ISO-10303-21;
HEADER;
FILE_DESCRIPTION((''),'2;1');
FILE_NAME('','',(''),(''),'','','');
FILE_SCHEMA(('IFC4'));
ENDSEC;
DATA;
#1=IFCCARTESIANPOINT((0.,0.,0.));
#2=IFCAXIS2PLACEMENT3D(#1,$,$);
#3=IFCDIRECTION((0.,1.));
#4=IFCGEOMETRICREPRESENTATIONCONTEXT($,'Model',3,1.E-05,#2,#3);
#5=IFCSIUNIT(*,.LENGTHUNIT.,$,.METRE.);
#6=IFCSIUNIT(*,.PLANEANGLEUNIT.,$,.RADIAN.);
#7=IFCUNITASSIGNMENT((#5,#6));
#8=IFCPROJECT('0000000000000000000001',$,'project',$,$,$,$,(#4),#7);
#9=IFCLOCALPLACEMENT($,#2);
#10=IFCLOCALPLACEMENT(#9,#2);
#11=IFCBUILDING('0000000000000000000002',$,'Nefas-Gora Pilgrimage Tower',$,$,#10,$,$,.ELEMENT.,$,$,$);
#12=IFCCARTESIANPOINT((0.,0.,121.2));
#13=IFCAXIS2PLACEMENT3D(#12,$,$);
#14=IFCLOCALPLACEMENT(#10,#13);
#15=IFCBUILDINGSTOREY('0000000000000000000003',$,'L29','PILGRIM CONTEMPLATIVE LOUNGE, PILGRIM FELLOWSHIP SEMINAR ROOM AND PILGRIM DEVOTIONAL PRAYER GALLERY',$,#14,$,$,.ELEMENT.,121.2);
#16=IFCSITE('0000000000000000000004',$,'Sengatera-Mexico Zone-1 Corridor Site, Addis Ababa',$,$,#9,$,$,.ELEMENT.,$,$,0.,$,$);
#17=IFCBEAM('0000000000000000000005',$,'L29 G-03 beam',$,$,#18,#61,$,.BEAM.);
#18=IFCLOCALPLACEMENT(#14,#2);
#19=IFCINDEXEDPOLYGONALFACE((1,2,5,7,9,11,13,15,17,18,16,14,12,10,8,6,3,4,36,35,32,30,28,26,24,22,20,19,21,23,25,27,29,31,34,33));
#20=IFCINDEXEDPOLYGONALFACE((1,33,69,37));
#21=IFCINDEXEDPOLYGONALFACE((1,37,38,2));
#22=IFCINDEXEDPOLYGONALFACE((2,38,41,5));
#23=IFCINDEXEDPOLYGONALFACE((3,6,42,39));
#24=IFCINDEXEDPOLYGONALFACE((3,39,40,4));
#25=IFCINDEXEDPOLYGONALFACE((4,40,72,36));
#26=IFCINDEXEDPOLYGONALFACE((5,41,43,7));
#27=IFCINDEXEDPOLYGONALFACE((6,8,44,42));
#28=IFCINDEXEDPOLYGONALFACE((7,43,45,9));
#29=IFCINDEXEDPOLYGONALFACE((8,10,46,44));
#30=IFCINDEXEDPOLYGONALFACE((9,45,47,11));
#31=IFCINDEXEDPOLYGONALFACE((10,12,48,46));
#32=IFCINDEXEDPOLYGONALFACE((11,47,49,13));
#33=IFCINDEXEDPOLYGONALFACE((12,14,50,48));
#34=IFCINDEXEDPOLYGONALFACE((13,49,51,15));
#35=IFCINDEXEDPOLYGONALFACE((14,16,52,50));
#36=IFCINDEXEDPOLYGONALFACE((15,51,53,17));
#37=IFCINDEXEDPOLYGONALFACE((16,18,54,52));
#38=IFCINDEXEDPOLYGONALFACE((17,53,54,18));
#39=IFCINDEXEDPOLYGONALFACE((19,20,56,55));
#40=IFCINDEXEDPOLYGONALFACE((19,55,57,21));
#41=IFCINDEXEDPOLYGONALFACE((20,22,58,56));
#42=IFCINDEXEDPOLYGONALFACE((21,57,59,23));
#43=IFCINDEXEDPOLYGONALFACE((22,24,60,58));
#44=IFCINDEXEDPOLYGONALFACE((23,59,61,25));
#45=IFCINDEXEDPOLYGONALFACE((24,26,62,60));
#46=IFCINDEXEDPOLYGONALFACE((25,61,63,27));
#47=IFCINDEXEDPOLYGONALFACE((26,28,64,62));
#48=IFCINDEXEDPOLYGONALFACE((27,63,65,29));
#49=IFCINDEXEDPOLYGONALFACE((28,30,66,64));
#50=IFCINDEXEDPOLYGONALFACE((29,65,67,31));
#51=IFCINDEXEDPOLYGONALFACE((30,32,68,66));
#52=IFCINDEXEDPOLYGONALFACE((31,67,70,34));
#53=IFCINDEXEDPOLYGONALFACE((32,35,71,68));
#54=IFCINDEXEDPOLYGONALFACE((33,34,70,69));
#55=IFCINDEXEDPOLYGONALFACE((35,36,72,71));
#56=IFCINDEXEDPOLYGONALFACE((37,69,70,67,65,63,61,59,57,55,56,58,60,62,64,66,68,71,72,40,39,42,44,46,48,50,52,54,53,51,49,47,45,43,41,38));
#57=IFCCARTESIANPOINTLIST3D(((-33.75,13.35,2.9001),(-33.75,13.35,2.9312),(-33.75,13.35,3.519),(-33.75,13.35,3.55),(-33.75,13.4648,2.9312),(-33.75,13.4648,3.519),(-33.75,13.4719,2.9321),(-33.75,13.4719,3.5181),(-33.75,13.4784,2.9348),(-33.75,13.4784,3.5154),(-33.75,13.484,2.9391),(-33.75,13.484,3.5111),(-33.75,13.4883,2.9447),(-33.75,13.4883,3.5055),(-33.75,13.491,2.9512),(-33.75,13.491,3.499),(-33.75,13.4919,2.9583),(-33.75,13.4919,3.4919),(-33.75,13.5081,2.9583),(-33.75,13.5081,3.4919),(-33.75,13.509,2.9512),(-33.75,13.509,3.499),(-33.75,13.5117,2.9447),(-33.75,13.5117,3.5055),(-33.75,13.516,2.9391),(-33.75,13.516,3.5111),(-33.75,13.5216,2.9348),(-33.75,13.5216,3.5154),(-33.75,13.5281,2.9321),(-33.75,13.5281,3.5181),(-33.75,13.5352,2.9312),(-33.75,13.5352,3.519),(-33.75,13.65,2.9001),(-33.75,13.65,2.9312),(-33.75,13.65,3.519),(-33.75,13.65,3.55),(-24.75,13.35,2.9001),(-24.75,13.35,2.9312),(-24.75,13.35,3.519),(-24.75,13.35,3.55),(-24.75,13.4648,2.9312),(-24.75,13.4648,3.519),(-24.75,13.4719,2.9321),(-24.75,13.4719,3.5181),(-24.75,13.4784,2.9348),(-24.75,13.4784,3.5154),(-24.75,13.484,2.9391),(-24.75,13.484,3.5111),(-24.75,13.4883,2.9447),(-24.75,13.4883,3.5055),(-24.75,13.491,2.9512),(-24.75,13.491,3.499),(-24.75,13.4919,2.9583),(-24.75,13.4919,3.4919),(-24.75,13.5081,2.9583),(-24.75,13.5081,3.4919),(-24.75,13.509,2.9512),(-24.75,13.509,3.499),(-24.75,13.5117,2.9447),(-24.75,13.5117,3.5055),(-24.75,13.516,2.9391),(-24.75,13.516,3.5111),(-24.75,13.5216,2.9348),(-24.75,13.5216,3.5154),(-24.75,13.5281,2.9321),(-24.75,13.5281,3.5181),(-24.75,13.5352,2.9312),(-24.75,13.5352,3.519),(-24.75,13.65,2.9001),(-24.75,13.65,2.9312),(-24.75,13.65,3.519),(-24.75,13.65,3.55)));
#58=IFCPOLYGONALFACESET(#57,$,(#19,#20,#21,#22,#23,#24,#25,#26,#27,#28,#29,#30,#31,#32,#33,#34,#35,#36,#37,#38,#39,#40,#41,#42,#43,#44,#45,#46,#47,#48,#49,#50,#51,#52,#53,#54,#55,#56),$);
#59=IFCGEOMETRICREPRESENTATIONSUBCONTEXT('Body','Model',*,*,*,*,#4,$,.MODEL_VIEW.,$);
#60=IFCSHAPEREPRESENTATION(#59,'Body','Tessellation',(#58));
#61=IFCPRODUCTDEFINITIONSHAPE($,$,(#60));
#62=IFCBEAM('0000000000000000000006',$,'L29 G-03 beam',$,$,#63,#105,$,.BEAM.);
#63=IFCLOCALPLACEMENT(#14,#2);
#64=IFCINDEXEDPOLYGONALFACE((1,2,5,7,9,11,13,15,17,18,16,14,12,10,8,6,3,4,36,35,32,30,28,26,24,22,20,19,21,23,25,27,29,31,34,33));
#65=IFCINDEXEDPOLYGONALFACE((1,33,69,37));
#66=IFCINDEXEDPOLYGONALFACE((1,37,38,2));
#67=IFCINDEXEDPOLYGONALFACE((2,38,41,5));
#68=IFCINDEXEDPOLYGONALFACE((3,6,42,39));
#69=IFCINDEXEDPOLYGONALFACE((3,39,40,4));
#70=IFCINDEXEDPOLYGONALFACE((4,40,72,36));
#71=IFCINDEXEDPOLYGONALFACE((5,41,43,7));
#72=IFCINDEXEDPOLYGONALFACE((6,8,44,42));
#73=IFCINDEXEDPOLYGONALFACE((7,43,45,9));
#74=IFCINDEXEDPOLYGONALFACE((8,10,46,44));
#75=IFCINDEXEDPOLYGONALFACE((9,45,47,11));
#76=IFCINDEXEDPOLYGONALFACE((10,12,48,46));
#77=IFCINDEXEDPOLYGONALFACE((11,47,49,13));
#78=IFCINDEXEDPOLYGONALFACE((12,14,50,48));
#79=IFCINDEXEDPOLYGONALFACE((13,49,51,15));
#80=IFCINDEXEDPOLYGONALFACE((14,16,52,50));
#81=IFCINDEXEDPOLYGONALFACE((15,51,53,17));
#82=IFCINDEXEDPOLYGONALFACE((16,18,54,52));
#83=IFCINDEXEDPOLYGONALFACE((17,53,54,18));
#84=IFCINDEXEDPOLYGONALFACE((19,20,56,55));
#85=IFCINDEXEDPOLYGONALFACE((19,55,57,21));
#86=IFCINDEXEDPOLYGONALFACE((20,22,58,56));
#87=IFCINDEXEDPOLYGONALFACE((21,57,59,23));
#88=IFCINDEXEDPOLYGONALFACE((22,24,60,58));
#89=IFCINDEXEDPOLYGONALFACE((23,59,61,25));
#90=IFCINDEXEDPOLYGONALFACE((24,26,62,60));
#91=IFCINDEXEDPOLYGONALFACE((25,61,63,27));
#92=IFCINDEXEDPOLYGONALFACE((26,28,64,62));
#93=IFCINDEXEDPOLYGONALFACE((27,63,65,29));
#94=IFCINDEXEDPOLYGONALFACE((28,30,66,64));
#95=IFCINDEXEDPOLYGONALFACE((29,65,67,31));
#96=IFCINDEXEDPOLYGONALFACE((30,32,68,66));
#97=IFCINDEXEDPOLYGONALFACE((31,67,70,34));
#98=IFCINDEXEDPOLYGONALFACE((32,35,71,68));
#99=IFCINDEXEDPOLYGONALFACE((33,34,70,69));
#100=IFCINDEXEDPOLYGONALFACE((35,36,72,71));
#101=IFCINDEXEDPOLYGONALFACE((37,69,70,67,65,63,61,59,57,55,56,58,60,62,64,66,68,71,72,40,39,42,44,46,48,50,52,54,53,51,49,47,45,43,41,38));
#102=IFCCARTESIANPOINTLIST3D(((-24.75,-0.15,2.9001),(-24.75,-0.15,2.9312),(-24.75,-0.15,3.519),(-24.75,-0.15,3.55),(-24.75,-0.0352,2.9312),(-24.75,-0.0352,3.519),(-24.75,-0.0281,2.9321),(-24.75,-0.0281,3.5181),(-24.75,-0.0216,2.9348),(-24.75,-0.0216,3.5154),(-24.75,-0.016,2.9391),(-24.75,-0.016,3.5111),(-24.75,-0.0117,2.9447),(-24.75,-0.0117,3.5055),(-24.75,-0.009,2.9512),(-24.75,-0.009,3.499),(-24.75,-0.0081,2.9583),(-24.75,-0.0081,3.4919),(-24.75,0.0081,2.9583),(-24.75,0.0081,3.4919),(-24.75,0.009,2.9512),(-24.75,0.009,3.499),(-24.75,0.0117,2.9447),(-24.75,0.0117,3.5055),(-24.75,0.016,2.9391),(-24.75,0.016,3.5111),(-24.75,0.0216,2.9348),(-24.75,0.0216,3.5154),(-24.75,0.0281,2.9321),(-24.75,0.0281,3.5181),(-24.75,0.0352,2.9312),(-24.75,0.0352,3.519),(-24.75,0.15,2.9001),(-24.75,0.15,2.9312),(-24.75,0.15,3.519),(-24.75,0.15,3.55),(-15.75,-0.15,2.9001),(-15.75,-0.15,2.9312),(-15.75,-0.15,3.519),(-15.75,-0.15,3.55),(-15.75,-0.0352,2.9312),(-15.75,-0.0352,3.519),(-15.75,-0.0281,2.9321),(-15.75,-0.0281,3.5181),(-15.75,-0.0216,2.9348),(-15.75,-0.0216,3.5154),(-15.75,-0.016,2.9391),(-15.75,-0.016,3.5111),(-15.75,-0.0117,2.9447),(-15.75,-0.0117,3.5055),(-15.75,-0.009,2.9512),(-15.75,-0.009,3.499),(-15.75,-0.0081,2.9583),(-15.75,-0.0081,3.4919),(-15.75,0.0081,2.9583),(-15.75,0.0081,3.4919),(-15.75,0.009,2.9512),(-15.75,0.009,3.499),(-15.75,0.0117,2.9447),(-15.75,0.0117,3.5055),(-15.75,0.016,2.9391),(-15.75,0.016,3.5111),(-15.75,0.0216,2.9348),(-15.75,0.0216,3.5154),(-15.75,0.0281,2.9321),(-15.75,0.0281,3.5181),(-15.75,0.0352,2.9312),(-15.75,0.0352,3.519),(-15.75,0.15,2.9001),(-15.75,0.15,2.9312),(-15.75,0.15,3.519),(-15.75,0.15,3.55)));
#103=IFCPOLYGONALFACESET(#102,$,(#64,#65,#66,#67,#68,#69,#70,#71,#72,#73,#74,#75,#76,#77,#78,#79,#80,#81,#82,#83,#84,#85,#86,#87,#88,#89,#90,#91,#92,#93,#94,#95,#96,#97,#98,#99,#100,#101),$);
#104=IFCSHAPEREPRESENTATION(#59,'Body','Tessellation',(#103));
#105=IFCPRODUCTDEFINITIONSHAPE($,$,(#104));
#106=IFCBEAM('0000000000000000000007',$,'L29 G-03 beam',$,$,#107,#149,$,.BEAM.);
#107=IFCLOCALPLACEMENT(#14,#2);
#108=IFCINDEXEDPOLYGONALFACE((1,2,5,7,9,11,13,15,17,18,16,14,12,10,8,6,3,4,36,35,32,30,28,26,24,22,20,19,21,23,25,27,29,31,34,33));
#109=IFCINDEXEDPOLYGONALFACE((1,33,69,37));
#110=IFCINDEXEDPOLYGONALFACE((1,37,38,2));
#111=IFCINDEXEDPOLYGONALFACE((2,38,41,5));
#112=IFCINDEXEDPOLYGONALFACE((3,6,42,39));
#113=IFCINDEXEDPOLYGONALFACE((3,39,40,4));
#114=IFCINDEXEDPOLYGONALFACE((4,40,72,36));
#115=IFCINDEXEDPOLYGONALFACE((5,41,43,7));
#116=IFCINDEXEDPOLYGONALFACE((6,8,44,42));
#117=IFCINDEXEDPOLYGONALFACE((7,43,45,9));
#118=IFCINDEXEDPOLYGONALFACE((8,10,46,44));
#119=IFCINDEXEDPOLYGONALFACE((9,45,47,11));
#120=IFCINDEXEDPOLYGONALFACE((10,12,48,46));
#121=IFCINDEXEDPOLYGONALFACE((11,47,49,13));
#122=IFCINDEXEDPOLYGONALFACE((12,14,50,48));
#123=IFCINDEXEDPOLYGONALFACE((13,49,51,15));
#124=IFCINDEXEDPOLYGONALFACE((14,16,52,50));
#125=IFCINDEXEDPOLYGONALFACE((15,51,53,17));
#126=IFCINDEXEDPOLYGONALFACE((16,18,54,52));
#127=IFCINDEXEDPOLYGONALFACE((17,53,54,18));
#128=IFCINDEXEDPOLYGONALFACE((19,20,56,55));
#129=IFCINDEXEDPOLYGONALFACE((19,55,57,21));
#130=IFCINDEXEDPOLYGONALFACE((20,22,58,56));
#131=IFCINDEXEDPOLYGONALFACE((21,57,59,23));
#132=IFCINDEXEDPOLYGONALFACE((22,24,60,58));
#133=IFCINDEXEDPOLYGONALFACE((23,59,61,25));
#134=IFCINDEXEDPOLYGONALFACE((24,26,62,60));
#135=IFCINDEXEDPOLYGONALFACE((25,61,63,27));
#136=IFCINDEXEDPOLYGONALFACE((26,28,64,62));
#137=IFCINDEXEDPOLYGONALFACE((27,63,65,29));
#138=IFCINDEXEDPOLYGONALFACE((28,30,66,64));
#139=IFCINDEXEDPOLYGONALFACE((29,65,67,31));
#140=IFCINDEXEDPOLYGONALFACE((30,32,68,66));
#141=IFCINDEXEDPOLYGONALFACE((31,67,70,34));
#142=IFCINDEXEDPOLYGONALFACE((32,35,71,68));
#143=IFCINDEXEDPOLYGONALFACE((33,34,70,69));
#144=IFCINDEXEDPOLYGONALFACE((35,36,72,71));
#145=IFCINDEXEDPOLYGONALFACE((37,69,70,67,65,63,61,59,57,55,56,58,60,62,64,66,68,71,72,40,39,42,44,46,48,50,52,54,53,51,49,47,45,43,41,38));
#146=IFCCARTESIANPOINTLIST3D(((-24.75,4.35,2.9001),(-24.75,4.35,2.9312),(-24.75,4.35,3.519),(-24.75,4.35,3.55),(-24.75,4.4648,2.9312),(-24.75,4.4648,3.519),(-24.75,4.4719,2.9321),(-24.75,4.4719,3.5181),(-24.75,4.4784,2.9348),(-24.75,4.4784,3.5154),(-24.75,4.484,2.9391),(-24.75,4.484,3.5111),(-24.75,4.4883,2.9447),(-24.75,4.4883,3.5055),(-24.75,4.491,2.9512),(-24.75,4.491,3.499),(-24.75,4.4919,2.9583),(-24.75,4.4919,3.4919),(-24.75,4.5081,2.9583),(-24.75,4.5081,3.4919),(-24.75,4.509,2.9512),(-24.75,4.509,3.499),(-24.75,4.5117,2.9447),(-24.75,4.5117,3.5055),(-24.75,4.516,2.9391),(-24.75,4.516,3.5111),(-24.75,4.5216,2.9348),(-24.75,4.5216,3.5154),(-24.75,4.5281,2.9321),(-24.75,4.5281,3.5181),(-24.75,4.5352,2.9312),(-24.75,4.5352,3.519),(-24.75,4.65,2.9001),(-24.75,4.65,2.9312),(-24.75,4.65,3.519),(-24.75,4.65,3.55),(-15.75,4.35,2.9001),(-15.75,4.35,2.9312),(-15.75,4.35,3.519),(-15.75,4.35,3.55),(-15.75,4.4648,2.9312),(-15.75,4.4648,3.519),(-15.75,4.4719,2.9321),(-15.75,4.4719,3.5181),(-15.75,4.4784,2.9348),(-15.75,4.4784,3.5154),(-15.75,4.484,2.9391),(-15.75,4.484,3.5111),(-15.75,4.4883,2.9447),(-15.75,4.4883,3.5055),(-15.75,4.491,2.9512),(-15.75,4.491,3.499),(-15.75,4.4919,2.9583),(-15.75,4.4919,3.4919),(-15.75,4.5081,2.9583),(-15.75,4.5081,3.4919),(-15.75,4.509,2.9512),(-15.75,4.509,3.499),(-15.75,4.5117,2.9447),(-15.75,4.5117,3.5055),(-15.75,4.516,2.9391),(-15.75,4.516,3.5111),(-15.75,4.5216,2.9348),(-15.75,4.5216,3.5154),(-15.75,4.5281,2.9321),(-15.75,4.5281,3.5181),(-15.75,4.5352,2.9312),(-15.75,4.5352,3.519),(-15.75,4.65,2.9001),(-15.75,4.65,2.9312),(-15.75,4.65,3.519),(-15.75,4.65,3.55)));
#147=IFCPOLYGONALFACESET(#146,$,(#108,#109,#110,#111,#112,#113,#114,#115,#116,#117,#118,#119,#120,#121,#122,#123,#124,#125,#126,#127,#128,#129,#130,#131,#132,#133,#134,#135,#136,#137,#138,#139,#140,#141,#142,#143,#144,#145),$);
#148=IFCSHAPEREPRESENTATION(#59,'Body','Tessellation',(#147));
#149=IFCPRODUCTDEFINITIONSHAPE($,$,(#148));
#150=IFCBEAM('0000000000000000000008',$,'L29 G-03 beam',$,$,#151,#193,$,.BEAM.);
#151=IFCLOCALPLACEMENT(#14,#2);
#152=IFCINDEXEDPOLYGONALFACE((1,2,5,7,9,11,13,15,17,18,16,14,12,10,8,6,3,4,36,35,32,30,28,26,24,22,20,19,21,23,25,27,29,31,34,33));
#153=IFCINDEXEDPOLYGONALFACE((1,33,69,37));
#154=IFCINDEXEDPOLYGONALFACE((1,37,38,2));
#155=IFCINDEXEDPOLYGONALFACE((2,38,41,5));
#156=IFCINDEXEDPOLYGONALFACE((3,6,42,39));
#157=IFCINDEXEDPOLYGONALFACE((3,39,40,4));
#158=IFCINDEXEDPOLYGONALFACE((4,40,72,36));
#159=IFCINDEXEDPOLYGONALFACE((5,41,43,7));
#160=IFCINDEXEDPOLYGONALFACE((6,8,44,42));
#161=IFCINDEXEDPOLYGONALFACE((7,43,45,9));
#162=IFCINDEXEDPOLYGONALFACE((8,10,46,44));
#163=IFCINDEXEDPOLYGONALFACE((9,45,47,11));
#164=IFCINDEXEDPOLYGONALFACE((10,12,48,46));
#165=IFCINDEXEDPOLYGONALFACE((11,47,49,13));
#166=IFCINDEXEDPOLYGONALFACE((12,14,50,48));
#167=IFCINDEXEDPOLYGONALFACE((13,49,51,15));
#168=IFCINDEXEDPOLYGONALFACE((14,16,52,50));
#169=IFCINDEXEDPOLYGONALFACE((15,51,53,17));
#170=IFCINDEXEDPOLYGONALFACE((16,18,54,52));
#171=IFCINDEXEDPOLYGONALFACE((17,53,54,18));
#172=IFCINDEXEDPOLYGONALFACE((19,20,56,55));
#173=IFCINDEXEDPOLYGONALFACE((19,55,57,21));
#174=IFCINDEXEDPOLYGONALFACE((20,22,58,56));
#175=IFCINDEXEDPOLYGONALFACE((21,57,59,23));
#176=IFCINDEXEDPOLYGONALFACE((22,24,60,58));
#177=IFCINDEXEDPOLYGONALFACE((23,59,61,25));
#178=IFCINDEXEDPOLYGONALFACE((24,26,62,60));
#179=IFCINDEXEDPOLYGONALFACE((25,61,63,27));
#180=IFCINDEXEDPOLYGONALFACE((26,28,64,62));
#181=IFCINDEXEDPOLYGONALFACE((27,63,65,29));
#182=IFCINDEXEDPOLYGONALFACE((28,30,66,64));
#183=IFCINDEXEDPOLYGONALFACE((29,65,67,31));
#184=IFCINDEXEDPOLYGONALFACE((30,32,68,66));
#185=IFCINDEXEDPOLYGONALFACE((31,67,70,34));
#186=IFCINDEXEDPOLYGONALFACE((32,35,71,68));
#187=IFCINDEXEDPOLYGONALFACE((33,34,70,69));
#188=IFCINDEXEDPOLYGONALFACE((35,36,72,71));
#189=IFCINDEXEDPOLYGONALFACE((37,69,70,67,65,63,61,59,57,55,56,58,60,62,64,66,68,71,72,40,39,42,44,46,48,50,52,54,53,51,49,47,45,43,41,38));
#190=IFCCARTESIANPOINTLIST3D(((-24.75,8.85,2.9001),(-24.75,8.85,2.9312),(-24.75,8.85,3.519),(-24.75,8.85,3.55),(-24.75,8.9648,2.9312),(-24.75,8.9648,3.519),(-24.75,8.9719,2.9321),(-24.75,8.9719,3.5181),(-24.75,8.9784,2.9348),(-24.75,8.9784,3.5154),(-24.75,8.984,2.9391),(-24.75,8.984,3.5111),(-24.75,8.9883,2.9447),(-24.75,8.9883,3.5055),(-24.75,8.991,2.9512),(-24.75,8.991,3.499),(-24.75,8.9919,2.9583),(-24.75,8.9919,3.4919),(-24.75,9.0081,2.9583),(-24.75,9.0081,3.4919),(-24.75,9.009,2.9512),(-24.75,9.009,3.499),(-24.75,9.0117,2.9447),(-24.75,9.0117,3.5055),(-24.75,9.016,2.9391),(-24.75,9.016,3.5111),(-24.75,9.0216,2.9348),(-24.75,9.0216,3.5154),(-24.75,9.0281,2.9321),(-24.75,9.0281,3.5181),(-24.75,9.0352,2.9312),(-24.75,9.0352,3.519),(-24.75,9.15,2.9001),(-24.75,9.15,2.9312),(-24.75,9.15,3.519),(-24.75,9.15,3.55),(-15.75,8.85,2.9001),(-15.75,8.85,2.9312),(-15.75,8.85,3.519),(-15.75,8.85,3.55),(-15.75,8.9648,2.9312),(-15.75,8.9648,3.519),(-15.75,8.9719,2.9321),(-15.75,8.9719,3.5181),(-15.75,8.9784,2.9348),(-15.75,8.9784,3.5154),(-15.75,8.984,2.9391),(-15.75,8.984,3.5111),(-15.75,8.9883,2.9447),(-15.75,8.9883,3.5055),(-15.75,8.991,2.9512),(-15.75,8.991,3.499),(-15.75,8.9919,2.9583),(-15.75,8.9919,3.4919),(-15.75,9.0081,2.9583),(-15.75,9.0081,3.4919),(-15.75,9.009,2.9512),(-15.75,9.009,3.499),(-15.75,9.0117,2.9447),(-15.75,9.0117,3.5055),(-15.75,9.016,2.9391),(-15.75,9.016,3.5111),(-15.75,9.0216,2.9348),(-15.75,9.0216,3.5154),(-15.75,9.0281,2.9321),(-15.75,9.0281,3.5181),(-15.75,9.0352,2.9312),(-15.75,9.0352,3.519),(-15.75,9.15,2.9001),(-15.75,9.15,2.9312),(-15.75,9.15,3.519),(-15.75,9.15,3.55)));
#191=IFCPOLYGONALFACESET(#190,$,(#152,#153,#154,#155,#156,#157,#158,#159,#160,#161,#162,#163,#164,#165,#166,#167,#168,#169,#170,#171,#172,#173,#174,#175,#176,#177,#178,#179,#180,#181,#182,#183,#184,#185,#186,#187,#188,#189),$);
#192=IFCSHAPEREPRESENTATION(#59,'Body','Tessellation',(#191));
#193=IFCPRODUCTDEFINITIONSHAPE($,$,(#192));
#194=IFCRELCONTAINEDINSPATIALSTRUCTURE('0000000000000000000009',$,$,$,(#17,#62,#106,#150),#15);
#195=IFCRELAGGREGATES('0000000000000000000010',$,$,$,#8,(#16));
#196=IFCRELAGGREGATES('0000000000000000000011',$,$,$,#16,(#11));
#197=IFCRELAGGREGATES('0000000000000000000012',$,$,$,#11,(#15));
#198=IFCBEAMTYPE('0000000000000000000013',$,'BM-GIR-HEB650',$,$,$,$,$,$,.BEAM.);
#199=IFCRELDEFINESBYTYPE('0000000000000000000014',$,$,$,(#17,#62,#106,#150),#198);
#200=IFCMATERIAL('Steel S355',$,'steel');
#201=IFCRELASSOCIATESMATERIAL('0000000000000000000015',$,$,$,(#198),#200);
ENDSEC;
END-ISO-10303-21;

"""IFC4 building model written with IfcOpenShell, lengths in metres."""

from ifc_helpers import new_model, si_unit, direction, frame, origin, origin_2d, place, context, subcontext, project, spatial, i_section, extrude, source, transform, mapped, material, material_profile, profile_set, type_object, element, save


model = new_model("IFC4")

# Units and contexts
model_context = context("Model", 3, precision=1e-05, world=origin(), true_north=direction((0.0, 1.0)))
body_context = subcontext(model_context, "Body", "Model", "MODEL_VIEW")
ifc_project = project(units=[si_unit("LENGTHUNIT", "METRE"), si_unit("PLANEANGLEUNIT", "RADIAN")], contexts=[model_context])

# Site, building, storey
site_placement = place(None, origin())
site = spatial("IfcSite", under=ifc_project, at=site_placement, Name="Sengatera-Mexico Zone-1 Corridor Site, Addis Ababa", CompositionType="ELEMENT", RefElevation=0.0)
building_placement = place(site_placement, origin())
building = spatial("IfcBuilding", under=site, at=building_placement, Name="Nefas-Gora Pilgrimage Tower", CompositionType="ELEMENT")
storey_placement = place(building_placement, frame((0.0, 0.0, 121.2)))
storey = spatial("IfcBuildingStorey", under=building, at=storey_placement, Name="L29", Description="PILGRIM CONTEMPLATIVE LOUNGE, PILGRIM FELLOWSHIP SEMINAR ROOM AND PILGRIM DEVOTIONAL PRAYER GALLERY", CompositionType="ELEMENT", Elevation=121.2)

# Beams
ifc_material_1 = material(Name="Steel S355", Category="steel")
ifc_material_profile_1 = material_profile(ifc_material_1, i_section(OverallWidth=0.3, OverallDepth=0.6499, WebThickness=0.0161, FlangeThickness=0.031, FilletRadius=0.0271, at=origin_2d()), Name="HEB 650")
ifc_profile_set_1 = profile_set([ifc_material_profile_1], Name="Steel S355")
beam_type_1 = type_object("IfcBeamType", Name="BM-GIR-HEB650", PredefinedType="BEAM", material=ifc_profile_set_1)
shared_shape_1 = source(origin(), body_context, "Body", "SweptSolid", [
    extrude(i_section(OverallWidth=0.3, OverallDepth=0.6499, WebThickness=0.0161, FlangeThickness=0.031, FilletRadius=0.0271, at=origin_2d()), origin(), (0.0, 0.0, 1.0), 9.0),
])
for number, where, z_axis, x_axis, name in (
    (1, (-33.75, 13.5, 3.2251), (1.0, 0.0, 0.0), (0.0, 1.0, 0.0), "L29 G-03 beam"),
    (2, (-24.75, 0.0, 3.2251), (1.0, 0.0, 0.0), (0.0, 1.0, 0.0), "L29 G-03 beam"),
    (3, (-24.75, 4.5, 3.2251), (1.0, 0.0, 0.0), (0.0, 1.0, 0.0), "L29 G-03 beam"),
    (4, (-24.75, 9.0, 3.2251), (1.0, 0.0, 0.0), (0.0, 1.0, 0.0), "L29 G-03 beam"),
):
    element("IfcBeam", number, at=place(storey_placement, frame(where, z_axis=z_axis, x_axis=x_axis)), inside=storey, type_object=beam_type_1, Name=name, PredefinedType="BEAM", context=body_context, shape_type="MappedRepresentation", body=[
        mapped(shared_shape_1, transform((0.0, 0.0, 0.0), x_axis=(1.0, 0.0, 0.0), y_axis=(0.0, 1.0, 0.0), z_axis=(0.0, 0.0, 1.0), scale=1.0)),
    ])

save(model, "model.ifc")
